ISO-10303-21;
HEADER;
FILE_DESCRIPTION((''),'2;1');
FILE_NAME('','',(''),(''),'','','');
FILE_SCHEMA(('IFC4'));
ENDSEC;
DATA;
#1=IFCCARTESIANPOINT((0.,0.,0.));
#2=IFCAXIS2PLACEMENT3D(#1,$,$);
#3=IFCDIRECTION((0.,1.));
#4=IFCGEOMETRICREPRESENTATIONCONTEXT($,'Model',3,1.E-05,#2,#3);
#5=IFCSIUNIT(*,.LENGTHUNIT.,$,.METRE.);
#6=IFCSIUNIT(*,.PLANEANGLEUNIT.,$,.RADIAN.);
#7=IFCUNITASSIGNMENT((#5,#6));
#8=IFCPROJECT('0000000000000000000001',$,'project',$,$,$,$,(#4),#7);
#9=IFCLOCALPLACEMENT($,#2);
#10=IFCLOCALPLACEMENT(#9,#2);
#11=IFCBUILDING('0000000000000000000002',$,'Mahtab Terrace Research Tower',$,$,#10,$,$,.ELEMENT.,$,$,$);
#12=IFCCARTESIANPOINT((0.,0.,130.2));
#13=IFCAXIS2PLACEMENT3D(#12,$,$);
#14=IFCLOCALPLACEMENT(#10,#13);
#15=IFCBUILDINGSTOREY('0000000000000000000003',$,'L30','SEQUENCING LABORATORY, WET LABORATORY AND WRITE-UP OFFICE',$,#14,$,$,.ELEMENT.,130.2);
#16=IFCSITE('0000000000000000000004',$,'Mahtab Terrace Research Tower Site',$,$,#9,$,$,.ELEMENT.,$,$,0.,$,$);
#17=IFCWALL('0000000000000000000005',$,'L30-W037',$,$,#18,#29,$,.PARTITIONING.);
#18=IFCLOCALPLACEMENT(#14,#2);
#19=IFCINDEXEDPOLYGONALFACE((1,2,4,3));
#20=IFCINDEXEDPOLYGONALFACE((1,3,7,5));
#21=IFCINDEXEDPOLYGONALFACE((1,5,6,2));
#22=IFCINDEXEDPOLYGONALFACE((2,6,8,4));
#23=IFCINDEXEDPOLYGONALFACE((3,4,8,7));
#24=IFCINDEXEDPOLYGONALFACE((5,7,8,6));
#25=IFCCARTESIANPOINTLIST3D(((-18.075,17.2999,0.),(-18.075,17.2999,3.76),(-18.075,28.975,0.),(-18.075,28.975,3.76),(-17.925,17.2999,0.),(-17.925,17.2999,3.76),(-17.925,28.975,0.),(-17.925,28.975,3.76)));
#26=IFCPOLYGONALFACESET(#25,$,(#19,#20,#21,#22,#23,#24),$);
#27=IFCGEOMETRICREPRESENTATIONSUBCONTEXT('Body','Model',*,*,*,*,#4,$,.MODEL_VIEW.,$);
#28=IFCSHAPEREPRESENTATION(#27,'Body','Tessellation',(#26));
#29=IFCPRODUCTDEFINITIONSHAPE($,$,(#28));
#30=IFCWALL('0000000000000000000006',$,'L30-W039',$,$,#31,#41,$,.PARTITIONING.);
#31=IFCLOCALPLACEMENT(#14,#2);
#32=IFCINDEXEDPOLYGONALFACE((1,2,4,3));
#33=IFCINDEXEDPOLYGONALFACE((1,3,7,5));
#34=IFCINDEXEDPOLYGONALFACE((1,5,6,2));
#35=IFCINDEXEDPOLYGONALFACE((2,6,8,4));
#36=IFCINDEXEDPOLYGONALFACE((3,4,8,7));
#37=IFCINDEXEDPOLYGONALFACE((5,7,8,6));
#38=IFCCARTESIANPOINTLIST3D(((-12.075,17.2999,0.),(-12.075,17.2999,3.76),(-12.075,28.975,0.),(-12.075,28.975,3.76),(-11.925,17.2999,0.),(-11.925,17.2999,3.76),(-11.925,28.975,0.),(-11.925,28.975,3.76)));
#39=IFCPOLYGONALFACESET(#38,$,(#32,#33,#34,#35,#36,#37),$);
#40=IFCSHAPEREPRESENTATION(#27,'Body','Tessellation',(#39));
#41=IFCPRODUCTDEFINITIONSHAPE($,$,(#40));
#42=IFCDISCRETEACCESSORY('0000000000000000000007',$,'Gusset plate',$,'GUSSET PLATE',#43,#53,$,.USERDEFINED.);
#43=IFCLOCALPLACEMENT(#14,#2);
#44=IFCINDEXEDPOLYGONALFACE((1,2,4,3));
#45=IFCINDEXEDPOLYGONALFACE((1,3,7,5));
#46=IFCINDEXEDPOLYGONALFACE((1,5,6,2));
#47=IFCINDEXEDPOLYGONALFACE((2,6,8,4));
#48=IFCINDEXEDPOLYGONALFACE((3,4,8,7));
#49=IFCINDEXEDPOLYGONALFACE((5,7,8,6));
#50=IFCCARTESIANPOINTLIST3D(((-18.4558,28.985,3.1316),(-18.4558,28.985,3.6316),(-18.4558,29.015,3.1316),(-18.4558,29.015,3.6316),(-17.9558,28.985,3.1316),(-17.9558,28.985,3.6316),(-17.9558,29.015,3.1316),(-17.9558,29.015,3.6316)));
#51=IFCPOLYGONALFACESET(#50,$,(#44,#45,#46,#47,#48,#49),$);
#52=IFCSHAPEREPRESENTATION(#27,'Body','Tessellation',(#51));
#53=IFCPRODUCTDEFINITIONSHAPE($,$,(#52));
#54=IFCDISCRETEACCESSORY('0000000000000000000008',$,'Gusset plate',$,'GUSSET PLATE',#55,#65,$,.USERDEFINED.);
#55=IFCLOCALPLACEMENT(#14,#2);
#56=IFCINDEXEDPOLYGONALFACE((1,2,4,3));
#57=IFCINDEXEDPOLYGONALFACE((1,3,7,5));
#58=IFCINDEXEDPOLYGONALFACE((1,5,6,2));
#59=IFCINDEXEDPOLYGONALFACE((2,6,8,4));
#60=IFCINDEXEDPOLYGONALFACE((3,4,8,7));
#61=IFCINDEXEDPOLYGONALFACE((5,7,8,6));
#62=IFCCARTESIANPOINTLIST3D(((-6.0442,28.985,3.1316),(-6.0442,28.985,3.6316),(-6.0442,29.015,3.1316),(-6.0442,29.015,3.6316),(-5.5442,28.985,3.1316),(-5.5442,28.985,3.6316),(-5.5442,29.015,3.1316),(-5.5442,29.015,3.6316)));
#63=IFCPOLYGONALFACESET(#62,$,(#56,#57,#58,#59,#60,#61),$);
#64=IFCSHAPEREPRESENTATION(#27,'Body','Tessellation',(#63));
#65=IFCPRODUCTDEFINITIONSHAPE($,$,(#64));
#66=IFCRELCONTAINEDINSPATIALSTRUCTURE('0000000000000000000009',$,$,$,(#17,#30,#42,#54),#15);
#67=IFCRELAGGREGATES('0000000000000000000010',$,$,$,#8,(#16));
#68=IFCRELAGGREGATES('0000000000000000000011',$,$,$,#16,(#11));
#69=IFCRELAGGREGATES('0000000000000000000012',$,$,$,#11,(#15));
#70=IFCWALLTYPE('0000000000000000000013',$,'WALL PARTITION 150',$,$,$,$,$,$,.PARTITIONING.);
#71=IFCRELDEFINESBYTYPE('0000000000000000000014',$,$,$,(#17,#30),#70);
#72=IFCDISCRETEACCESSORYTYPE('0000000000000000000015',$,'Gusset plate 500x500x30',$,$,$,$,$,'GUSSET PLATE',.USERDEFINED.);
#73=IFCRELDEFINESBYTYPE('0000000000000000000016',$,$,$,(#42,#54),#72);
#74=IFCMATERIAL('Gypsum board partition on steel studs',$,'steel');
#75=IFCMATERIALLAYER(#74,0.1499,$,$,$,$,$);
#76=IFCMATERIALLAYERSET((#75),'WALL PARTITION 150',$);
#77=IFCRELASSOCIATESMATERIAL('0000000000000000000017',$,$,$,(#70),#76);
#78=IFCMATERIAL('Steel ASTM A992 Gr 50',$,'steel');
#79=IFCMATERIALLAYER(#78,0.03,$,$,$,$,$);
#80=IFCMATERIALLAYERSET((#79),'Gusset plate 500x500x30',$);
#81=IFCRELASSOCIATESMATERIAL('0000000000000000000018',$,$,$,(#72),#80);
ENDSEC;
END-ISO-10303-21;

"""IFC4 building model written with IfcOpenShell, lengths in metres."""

from ifc_helpers import new_model, si_unit, direction, frame, frame_2d, origin, origin_2d, place, context, subcontext, project, spatial, rectangle, extrude, material, layer, layer_set, type_object, element, save


model = new_model("IFC4")

# Units and contexts
model_context = context("Model", 3, precision=1e-05, world=origin(), true_north=direction((0.0, 1.0)))
body_context = subcontext(model_context, "Body", "Model", "MODEL_VIEW")
ifc_project = project(units=[si_unit("LENGTHUNIT", "METRE"), si_unit("PLANEANGLEUNIT", "RADIAN")], contexts=[model_context])

# Site, building, storey
site_placement = place(None, origin())
site = spatial("IfcSite", under=ifc_project, at=site_placement, Name="Mahtab Terrace Research Tower Site", CompositionType="ELEMENT", RefElevation=0.0)
building_placement = place(site_placement, origin())
building = spatial("IfcBuilding", under=site, at=building_placement, Name="Mahtab Terrace Research Tower", CompositionType="ELEMENT")
storey_placement = place(building_placement, frame((0.0, 0.0, 130.2)))
storey = spatial("IfcBuildingStorey", under=building, at=storey_placement, Name="L30", Description="SEQUENCING LABORATORY, WET LABORATORY AND WRITE-UP OFFICE", CompositionType="ELEMENT", Elevation=130.2)

# Shared definitions
ifc_material_1 = material(Name="Steel ASTM A992 Gr 50", Category="steel")

# Walls
ifc_material_2 = material(Name="Gypsum board partition on steel studs", Category="steel")
ifc_layer_1 = layer(ifc_material_2, 0.1499)
ifc_layer_set_1 = layer_set([ifc_layer_1], Name="WALL PARTITION 150")
wall_type_1 = type_object("IfcWallType", Name="WALL PARTITION 150", PredefinedType="PARTITIONING", material=ifc_layer_set_1)
for number, where, z_axis, x_axis, name in (
    (1, (-18.0, 17.3, 0.0), (0.0, 0.0, 1.0), (0.0, 1.0, 0.0), "L30-W037"),
    (2, (-12.0, 17.3, 0.0), (0.0, 0.0, 1.0), (0.0, 1.0, 0.0), "L30-W039"),
):
    element("IfcWall", number, at=place(storey_placement, frame(where, z_axis=z_axis, x_axis=x_axis)), inside=storey, type_object=wall_type_1, Name=name, PredefinedType="PARTITIONING", context=body_context, shape_type="SweptSolid", body=[
        extrude(rectangle(XDim=11.675, YDim=0.1499, at=frame_2d((5.8374, 0.0))), origin(), (0.0, 0.0, 1.0), 3.76),
    ])

# Discrete accessories
ifc_layer_2 = layer(ifc_material_1, 0.03)
ifc_layer_set_2 = layer_set([ifc_layer_2], Name="Gusset plate 500x500x30")
discrete_accessory_type = type_object("IfcDiscreteAccessoryType", Name="Gusset plate 500x500x30", ElementType="GUSSET PLATE", PredefinedType="USERDEFINED", material=ifc_layer_set_2)
for number, where, z_axis, x_axis, name in (
    (3, (-18.2058, 29.0, 3.1316), (0.0, 0.0, 1.0), (1.0, 0.0, 0.0), "Gusset plate"),
    (4, (-5.7942, 29.0, 3.1316), (0.0, 0.0, 1.0), (1.0, 0.0, 0.0), "Gusset plate"),
):
    element("IfcDiscreteAccessory", number, at=place(storey_placement, frame(where, z_axis=z_axis, x_axis=x_axis)), inside=storey, type_object=discrete_accessory_type, Name=name, ObjectType="GUSSET PLATE", PredefinedType="USERDEFINED", context=body_context, shape_type="SweptSolid", body=[
        extrude(rectangle(XDim=0.5, YDim=0.03, at=origin_2d()), origin(), (0.0, 0.0, 1.0), 0.5),
    ])

save(model, "model.ifc")
